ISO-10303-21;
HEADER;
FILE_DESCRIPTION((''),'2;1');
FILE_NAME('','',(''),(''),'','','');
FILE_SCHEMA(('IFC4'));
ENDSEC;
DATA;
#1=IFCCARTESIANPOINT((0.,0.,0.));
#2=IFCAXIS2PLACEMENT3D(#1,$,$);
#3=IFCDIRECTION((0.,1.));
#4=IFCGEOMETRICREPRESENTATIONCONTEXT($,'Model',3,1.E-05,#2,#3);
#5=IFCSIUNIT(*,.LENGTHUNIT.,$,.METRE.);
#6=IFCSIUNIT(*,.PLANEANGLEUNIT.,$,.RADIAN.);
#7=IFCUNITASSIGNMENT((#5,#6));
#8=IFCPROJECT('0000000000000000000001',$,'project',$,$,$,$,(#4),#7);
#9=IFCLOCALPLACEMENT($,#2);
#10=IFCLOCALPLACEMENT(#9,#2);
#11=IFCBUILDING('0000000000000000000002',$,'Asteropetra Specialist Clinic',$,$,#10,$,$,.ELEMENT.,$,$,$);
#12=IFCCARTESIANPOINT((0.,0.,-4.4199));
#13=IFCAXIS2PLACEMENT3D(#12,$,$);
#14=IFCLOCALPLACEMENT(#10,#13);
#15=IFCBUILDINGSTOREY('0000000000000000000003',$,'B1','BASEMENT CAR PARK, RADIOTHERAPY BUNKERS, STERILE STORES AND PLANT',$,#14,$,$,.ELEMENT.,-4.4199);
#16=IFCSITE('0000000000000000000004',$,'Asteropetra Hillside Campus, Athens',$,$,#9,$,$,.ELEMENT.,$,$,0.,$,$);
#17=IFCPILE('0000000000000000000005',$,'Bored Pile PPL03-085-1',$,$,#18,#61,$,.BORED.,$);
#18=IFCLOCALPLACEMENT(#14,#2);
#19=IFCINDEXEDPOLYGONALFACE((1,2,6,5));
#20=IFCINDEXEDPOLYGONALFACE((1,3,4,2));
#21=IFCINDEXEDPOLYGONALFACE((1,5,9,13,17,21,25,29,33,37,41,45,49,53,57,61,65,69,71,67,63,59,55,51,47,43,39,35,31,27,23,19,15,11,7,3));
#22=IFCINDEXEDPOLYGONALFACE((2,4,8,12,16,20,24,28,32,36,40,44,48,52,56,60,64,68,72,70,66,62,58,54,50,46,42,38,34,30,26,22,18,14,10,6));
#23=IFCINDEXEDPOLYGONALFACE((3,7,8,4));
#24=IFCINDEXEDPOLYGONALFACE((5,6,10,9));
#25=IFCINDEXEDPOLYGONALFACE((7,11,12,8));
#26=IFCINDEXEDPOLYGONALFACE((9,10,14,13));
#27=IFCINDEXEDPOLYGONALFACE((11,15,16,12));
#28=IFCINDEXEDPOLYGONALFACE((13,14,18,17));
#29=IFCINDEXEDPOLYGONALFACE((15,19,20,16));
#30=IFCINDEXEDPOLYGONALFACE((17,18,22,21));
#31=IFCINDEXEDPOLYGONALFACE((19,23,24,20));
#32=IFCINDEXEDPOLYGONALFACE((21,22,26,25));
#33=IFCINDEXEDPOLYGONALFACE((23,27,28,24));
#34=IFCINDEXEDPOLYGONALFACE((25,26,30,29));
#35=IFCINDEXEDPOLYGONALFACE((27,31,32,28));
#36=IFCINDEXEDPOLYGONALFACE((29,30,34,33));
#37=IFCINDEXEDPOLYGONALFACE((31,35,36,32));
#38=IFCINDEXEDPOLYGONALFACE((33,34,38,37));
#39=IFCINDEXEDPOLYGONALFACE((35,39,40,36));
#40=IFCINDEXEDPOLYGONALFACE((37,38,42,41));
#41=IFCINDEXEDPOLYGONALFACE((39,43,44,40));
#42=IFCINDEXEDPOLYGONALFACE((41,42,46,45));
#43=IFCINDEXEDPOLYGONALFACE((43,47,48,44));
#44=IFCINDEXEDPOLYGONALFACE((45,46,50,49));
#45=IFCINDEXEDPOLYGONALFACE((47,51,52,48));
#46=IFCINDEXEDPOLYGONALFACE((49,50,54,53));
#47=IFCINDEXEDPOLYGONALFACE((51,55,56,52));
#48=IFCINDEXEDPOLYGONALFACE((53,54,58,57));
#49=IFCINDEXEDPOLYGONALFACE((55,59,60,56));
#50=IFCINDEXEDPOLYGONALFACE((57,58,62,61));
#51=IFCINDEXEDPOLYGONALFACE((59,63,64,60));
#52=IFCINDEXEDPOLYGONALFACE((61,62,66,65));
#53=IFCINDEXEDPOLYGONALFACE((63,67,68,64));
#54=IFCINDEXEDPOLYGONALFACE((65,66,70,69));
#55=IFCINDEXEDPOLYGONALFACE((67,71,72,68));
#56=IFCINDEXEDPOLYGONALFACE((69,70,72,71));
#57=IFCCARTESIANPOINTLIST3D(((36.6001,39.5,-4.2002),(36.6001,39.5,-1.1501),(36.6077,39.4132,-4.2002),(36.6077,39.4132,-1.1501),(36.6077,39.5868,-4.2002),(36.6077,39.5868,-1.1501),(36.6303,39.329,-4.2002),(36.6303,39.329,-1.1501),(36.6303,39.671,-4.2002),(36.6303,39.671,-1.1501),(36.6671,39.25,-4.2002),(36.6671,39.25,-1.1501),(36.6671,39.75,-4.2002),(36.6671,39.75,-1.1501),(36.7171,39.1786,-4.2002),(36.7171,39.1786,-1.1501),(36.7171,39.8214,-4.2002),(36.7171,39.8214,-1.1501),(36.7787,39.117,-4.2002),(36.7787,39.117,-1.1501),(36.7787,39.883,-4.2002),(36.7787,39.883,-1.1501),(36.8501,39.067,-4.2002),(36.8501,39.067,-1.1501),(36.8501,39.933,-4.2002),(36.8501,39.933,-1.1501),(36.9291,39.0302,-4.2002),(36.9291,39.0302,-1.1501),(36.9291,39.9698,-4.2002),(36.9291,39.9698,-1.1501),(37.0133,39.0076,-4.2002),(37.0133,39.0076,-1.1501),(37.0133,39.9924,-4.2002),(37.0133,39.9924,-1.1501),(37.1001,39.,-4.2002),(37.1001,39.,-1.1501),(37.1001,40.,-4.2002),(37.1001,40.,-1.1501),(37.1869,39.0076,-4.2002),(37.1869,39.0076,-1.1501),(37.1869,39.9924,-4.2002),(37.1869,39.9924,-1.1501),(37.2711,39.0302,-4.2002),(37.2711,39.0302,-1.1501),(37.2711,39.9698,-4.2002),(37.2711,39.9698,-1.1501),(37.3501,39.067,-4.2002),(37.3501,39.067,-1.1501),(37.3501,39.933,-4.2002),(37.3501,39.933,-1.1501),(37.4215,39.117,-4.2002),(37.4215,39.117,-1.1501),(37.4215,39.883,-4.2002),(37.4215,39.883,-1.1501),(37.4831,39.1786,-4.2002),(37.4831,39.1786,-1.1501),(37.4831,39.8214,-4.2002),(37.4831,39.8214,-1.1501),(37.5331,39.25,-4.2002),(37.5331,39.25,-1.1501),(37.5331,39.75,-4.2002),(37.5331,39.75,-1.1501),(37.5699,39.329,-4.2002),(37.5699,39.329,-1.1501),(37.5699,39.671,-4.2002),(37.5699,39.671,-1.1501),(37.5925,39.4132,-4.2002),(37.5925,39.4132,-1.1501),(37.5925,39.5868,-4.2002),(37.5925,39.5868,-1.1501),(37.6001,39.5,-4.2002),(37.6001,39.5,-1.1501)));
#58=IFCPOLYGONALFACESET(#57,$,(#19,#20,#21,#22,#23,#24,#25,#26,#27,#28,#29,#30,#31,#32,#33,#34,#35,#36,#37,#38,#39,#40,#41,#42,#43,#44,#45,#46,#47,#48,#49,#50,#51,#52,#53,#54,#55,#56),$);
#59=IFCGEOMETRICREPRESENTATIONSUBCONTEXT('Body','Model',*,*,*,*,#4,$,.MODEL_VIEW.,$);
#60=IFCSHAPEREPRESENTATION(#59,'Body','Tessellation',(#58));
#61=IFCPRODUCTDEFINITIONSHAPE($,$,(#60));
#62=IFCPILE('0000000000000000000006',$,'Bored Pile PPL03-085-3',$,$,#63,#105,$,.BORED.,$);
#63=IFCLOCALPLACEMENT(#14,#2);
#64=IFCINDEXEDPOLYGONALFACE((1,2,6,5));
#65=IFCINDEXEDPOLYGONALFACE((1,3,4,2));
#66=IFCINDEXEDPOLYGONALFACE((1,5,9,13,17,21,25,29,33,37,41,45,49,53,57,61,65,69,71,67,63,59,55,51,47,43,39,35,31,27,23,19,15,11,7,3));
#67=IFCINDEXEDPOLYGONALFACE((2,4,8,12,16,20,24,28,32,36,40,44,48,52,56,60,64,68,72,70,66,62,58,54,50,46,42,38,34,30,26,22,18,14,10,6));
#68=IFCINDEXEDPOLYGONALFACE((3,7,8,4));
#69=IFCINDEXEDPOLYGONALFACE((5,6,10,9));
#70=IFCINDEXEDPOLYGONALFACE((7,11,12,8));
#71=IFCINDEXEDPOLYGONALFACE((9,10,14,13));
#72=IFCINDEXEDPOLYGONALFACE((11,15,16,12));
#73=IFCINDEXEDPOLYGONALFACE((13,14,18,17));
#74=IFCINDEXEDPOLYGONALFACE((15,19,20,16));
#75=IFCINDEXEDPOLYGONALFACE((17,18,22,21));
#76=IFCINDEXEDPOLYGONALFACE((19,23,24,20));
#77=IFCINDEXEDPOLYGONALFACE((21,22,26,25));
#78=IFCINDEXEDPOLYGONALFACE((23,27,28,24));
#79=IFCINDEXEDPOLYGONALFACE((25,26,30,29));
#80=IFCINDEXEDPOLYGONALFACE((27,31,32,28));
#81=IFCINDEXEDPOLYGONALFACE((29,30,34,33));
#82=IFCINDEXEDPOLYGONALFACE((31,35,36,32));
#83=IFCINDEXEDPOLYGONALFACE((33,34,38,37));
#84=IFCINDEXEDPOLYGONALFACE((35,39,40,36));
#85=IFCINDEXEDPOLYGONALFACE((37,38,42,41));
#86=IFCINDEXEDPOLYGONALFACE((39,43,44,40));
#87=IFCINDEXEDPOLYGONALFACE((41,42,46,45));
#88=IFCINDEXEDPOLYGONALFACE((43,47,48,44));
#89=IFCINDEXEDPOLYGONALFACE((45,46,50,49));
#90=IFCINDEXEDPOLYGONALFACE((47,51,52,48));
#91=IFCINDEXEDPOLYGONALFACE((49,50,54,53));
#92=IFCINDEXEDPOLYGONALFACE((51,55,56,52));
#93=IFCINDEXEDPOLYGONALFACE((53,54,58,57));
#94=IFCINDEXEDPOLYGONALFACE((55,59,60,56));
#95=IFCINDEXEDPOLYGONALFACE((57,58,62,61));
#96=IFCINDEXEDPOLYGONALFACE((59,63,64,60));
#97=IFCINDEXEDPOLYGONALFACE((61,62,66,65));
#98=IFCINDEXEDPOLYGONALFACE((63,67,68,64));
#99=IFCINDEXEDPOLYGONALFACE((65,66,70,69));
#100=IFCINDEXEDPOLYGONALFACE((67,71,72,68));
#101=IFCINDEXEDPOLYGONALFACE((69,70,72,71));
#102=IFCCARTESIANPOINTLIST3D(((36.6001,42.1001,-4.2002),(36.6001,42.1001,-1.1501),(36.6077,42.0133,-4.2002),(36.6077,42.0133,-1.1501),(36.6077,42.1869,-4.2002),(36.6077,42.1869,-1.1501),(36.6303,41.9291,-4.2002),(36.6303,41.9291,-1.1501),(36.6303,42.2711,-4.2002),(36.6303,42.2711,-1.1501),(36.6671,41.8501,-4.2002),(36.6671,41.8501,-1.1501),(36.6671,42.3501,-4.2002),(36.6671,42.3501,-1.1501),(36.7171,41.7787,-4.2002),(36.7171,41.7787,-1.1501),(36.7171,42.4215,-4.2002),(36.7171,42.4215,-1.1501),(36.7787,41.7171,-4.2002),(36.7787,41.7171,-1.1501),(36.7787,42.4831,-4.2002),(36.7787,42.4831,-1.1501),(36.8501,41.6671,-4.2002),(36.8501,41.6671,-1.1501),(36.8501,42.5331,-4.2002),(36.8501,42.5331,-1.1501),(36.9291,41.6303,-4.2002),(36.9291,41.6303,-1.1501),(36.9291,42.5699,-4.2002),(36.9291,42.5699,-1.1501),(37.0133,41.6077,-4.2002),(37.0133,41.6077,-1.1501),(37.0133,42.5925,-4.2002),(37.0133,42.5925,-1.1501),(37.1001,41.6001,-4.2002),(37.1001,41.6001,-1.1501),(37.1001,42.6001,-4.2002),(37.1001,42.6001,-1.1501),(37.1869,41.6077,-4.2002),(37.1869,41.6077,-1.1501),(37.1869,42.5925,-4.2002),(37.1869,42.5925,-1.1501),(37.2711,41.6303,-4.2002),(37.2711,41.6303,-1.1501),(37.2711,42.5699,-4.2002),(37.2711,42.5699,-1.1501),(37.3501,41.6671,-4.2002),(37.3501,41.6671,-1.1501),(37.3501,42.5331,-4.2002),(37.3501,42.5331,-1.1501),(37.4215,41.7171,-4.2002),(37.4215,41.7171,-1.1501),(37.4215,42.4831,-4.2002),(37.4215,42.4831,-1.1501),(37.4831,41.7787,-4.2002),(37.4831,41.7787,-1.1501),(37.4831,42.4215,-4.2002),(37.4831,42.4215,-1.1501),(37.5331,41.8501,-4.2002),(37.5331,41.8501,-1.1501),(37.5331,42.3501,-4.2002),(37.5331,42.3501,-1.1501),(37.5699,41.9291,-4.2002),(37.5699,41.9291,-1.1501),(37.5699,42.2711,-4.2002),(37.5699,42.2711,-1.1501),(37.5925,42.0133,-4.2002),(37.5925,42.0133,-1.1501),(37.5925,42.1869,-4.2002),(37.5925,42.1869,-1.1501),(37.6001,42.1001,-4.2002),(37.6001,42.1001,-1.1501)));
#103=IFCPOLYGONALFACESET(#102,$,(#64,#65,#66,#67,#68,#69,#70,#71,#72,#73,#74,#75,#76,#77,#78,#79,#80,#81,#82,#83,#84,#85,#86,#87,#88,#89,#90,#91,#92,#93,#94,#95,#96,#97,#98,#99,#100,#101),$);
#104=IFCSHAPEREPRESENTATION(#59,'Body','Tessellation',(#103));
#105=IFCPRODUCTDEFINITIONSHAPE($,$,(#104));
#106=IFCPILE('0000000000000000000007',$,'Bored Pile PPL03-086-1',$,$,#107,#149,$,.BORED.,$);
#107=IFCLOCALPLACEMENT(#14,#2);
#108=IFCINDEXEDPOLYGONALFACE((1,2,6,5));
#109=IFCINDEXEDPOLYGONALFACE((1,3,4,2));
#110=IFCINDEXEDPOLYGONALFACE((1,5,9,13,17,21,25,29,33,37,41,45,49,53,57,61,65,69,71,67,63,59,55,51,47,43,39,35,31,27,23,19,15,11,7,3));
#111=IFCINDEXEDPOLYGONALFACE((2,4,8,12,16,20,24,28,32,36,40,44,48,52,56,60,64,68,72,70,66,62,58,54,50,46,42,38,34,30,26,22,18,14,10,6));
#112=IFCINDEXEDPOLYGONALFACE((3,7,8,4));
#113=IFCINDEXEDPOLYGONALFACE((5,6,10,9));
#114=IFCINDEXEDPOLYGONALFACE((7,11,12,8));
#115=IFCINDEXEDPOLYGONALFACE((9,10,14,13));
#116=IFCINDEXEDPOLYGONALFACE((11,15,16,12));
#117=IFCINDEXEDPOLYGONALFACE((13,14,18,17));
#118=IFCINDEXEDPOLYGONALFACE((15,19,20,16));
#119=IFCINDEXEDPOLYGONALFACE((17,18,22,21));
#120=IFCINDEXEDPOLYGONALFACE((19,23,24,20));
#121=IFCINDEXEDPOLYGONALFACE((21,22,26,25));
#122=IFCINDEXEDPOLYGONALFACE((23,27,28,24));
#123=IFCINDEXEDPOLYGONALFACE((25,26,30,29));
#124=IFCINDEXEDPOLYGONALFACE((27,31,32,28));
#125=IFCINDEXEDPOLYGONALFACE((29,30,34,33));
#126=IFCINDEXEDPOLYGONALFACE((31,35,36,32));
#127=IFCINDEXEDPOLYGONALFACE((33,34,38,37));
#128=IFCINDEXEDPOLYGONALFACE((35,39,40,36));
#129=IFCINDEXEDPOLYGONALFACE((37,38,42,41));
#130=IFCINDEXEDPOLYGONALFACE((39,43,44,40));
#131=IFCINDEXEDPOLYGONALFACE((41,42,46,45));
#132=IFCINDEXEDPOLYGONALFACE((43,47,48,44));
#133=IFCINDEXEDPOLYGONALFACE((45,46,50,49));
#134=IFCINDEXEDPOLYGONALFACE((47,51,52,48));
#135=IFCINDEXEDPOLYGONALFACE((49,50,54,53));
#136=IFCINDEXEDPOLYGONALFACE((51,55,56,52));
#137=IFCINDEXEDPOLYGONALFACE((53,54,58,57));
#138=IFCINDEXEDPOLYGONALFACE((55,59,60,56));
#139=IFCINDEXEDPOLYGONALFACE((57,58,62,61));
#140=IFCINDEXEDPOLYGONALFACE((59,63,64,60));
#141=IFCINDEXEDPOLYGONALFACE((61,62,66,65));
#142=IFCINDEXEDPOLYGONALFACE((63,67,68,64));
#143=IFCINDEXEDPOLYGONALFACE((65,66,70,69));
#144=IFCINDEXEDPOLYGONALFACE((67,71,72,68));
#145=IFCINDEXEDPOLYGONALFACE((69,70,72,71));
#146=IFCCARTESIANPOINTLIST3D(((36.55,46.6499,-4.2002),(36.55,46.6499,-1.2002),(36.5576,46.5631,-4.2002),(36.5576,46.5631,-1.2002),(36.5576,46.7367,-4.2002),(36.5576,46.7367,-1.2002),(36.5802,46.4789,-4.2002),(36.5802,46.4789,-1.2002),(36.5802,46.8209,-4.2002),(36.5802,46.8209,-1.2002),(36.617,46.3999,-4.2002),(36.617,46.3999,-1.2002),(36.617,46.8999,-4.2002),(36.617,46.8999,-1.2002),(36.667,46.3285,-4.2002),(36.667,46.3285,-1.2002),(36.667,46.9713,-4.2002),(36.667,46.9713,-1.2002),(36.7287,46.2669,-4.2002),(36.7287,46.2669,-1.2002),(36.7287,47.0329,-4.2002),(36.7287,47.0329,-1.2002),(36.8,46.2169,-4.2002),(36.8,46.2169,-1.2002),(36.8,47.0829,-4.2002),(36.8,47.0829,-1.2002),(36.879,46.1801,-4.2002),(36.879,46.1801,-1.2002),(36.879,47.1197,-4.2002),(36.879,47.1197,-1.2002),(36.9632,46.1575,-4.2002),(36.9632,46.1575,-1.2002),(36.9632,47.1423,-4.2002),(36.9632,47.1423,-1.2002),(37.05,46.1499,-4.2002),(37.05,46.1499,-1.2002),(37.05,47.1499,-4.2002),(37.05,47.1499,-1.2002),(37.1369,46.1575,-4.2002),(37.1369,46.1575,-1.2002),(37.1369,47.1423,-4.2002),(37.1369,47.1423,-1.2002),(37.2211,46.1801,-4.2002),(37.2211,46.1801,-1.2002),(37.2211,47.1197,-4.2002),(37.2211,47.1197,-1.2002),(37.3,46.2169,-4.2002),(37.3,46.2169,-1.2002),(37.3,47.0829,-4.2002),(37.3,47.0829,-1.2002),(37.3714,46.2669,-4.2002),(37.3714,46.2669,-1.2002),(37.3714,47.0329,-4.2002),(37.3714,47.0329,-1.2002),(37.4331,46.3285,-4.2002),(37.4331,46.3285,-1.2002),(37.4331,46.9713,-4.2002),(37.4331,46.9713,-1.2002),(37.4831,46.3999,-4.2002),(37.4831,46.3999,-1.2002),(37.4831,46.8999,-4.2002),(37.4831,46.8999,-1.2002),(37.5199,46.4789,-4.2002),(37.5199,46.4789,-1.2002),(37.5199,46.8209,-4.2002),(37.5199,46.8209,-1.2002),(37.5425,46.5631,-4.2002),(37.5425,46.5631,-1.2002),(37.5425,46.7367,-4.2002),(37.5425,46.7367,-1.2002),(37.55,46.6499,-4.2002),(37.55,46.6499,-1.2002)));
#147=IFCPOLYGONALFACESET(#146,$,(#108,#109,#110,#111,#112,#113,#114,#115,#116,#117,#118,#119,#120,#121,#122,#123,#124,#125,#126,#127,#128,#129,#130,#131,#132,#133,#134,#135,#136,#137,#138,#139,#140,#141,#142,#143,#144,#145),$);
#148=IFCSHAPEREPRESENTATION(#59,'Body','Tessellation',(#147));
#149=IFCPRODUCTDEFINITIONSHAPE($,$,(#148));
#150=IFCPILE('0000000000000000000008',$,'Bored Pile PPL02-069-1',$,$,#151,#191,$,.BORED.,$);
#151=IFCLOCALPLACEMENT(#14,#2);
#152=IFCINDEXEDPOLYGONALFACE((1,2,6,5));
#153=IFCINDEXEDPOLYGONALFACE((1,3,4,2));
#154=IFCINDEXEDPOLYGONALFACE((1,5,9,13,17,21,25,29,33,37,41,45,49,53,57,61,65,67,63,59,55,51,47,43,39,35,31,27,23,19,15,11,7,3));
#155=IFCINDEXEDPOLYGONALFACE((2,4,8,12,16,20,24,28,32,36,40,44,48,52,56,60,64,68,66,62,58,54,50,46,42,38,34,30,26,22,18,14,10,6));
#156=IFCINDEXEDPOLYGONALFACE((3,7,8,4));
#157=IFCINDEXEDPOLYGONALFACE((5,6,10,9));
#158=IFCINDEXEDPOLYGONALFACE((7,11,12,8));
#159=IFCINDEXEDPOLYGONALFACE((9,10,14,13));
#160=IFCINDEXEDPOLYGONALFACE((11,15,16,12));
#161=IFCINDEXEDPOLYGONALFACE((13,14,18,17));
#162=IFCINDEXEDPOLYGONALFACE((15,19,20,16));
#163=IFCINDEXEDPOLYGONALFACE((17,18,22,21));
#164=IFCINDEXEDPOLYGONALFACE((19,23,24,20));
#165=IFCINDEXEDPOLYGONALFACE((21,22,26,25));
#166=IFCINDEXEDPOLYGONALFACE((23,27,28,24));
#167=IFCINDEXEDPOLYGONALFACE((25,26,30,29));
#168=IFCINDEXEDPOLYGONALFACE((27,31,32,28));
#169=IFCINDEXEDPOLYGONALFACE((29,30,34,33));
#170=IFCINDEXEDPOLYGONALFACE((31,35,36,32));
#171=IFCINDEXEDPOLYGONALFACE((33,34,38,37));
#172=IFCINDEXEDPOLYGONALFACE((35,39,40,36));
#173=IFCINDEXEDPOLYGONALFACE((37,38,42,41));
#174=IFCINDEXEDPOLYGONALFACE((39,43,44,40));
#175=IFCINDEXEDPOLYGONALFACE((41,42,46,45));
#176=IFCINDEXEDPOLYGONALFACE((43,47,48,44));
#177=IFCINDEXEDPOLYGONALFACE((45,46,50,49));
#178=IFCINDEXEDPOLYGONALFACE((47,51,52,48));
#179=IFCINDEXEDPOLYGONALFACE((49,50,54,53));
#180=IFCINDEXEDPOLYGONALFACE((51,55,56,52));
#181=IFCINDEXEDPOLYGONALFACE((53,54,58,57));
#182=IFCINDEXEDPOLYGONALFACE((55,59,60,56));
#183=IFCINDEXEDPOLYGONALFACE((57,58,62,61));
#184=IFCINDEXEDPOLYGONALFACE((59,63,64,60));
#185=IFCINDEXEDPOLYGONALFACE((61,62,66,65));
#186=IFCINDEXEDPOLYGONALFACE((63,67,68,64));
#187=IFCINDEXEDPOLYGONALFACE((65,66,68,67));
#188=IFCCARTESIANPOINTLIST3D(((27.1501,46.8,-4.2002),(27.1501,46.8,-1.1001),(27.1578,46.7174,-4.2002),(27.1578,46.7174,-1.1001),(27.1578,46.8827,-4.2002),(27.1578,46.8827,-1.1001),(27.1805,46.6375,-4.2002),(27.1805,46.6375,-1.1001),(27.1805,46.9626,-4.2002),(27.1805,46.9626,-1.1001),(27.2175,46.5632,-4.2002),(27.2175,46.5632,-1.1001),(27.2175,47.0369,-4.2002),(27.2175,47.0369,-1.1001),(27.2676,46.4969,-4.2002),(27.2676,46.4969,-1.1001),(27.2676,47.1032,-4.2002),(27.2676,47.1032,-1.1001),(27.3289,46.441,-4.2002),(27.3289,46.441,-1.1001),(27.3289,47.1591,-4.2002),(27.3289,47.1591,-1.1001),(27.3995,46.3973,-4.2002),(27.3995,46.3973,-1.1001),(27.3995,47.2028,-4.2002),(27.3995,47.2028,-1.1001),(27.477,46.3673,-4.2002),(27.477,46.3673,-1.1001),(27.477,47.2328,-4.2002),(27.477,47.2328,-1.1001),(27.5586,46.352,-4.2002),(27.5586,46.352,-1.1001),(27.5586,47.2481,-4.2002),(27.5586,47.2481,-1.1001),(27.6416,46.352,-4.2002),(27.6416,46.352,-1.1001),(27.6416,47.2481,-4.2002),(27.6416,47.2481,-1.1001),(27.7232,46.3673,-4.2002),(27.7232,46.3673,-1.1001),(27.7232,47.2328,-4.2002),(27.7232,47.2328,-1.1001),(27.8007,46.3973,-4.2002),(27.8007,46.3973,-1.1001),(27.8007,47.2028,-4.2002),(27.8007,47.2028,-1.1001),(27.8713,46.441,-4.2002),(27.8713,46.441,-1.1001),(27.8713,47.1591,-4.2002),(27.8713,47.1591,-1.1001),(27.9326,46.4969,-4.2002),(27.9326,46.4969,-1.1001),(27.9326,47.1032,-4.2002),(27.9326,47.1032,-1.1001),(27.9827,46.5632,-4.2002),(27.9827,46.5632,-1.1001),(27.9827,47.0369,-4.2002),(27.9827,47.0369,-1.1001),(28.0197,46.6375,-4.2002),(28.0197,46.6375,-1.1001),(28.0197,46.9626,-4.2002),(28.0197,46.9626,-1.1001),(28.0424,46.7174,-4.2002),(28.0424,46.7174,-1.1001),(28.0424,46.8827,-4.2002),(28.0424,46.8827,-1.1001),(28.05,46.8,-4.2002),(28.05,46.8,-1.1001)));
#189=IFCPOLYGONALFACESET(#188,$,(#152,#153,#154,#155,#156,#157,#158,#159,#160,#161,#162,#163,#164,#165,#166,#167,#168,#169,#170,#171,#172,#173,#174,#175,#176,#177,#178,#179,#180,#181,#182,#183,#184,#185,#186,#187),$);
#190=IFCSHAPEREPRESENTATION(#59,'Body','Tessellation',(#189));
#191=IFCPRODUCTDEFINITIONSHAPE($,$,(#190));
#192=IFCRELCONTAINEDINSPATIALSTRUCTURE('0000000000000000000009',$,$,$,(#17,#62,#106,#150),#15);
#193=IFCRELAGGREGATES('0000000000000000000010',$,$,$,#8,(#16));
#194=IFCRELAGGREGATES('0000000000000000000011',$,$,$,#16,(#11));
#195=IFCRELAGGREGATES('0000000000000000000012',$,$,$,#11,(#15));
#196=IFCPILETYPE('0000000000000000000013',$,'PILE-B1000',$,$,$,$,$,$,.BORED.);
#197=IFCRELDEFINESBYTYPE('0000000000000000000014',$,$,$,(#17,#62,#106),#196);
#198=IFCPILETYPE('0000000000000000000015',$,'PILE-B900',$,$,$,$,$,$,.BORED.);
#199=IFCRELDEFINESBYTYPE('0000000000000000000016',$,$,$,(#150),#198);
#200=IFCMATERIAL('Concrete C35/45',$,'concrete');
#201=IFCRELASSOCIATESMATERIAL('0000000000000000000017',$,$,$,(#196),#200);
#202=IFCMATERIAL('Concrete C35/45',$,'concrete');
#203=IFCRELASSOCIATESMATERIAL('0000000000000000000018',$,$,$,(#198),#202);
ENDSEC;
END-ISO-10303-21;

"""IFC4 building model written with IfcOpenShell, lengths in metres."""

from ifc_helpers import new_model, si_unit, direction, frame, origin, origin_2d, place, context, subcontext, project, spatial, circle, extrude, material, material_profile, profile_set, type_object, element, save


model = new_model("IFC4")

# Units and contexts
model_context = context("Model", 3, precision=1e-05, world=origin(), true_north=direction((0.0, 1.0)))
body_context = subcontext(model_context, "Body", "Model", "MODEL_VIEW")
ifc_project = project(units=[si_unit("LENGTHUNIT", "METRE"), si_unit("PLANEANGLEUNIT", "RADIAN")], contexts=[model_context])

# Site, building, storey
site_placement = place(None, origin())
site = spatial("IfcSite", under=ifc_project, at=site_placement, Name="Asteropetra Hillside Campus, Athens", CompositionType="ELEMENT", RefElevation=0.0)
building_placement = place(site_placement, origin())
building = spatial("IfcBuilding", under=site, at=building_placement, Name="Asteropetra Specialist Clinic", CompositionType="ELEMENT")
storey_placement = place(building_placement, frame((0.0, 0.0, -4.4199)))
storey = spatial("IfcBuildingStorey", under=building, at=storey_placement, Name="B1", Description="BASEMENT CAR PARK, RADIOTHERAPY BUNKERS, STERILE STORES AND PLANT", CompositionType="ELEMENT", Elevation=-4.4199)

# Piles
ifc_material_1 = material(Name="Concrete C35/45", Category="concrete")
ifc_material_profile_1 = material_profile(ifc_material_1, circle(Radius=0.5, at=origin_2d()), Name="PILE D1000")
ifc_profile_set_1 = profile_set([ifc_material_profile_1], Name="Concrete C35/45")
pile_type_1 = type_object("IfcPileType", Name="PILE-B1000", PredefinedType="BORED", material=ifc_profile_set_1)
for number, where, z_axis, x_axis, name in (
    (1, (37.1001, 39.5, -1.1501), (0.0, 0.0, -1.0), (1.0, 0.0, 0.0), "Bored Pile PPL03-085-1"),
    (2, (37.1001, 42.1001, -1.1501), (0.0, 0.0, -1.0), (1.0, 0.0, 0.0), "Bored Pile PPL03-085-3"),
):
    element("IfcPile", number, at=place(storey_placement, frame(where, z_axis=z_axis, x_axis=x_axis)), inside=storey, type_object=pile_type_1, Name=name, PredefinedType="BORED", context=body_context, shape_type="SweptSolid", body=[
        extrude(circle(Radius=0.5, at=origin_2d()), origin(), (0.0, 0.0, 1.0), 3.05),
    ])
pile_placement = place(storey_placement, frame((37.05, 46.6499, -1.2002), z_axis=(0.0, 0.0, -1.0), x_axis=(1.0, 0.0, 0.0)))
element("IfcPile", 3, at=pile_placement, inside=storey, type_object=pile_type_1, Name="Bored Pile PPL03-086-1", PredefinedType="BORED", context=body_context, shape_type="SweptSolid", body=[
    extrude(circle(Radius=0.5, at=origin_2d()), origin(), (0.0, 0.0, 1.0), 3.0),
])
ifc_material_2 = material(Name="Concrete C35/45", Category="concrete")
ifc_material_profile_2 = material_profile(ifc_material_2, circle(Radius=0.45, at=origin_2d()), Name="PILE D900")
ifc_profile_set_2 = profile_set([ifc_material_profile_2], Name="Concrete C35/45")
pile_type_2 = type_object("IfcPileType", Name="PILE-B900", PredefinedType="BORED", material=ifc_profile_set_2)
for number, where, z_axis, x_axis, name in (
    (4, (27.6001, 46.8, -1.1001), (0.0, 0.0, -1.0), (1.0, 0.0, 0.0), "Bored Pile PPL02-069-1"),
):
    element("IfcPile", number, at=place(storey_placement, frame(where, z_axis=z_axis, x_axis=x_axis)), inside=storey, type_object=pile_type_2, Name=name, PredefinedType="BORED", context=body_context, shape_type="SweptSolid", body=[
        extrude(circle(Radius=0.45, at=origin_2d()), origin(), (0.0, 0.0, 1.0), 3.1001),
    ])

save(model, "model.ifc")
